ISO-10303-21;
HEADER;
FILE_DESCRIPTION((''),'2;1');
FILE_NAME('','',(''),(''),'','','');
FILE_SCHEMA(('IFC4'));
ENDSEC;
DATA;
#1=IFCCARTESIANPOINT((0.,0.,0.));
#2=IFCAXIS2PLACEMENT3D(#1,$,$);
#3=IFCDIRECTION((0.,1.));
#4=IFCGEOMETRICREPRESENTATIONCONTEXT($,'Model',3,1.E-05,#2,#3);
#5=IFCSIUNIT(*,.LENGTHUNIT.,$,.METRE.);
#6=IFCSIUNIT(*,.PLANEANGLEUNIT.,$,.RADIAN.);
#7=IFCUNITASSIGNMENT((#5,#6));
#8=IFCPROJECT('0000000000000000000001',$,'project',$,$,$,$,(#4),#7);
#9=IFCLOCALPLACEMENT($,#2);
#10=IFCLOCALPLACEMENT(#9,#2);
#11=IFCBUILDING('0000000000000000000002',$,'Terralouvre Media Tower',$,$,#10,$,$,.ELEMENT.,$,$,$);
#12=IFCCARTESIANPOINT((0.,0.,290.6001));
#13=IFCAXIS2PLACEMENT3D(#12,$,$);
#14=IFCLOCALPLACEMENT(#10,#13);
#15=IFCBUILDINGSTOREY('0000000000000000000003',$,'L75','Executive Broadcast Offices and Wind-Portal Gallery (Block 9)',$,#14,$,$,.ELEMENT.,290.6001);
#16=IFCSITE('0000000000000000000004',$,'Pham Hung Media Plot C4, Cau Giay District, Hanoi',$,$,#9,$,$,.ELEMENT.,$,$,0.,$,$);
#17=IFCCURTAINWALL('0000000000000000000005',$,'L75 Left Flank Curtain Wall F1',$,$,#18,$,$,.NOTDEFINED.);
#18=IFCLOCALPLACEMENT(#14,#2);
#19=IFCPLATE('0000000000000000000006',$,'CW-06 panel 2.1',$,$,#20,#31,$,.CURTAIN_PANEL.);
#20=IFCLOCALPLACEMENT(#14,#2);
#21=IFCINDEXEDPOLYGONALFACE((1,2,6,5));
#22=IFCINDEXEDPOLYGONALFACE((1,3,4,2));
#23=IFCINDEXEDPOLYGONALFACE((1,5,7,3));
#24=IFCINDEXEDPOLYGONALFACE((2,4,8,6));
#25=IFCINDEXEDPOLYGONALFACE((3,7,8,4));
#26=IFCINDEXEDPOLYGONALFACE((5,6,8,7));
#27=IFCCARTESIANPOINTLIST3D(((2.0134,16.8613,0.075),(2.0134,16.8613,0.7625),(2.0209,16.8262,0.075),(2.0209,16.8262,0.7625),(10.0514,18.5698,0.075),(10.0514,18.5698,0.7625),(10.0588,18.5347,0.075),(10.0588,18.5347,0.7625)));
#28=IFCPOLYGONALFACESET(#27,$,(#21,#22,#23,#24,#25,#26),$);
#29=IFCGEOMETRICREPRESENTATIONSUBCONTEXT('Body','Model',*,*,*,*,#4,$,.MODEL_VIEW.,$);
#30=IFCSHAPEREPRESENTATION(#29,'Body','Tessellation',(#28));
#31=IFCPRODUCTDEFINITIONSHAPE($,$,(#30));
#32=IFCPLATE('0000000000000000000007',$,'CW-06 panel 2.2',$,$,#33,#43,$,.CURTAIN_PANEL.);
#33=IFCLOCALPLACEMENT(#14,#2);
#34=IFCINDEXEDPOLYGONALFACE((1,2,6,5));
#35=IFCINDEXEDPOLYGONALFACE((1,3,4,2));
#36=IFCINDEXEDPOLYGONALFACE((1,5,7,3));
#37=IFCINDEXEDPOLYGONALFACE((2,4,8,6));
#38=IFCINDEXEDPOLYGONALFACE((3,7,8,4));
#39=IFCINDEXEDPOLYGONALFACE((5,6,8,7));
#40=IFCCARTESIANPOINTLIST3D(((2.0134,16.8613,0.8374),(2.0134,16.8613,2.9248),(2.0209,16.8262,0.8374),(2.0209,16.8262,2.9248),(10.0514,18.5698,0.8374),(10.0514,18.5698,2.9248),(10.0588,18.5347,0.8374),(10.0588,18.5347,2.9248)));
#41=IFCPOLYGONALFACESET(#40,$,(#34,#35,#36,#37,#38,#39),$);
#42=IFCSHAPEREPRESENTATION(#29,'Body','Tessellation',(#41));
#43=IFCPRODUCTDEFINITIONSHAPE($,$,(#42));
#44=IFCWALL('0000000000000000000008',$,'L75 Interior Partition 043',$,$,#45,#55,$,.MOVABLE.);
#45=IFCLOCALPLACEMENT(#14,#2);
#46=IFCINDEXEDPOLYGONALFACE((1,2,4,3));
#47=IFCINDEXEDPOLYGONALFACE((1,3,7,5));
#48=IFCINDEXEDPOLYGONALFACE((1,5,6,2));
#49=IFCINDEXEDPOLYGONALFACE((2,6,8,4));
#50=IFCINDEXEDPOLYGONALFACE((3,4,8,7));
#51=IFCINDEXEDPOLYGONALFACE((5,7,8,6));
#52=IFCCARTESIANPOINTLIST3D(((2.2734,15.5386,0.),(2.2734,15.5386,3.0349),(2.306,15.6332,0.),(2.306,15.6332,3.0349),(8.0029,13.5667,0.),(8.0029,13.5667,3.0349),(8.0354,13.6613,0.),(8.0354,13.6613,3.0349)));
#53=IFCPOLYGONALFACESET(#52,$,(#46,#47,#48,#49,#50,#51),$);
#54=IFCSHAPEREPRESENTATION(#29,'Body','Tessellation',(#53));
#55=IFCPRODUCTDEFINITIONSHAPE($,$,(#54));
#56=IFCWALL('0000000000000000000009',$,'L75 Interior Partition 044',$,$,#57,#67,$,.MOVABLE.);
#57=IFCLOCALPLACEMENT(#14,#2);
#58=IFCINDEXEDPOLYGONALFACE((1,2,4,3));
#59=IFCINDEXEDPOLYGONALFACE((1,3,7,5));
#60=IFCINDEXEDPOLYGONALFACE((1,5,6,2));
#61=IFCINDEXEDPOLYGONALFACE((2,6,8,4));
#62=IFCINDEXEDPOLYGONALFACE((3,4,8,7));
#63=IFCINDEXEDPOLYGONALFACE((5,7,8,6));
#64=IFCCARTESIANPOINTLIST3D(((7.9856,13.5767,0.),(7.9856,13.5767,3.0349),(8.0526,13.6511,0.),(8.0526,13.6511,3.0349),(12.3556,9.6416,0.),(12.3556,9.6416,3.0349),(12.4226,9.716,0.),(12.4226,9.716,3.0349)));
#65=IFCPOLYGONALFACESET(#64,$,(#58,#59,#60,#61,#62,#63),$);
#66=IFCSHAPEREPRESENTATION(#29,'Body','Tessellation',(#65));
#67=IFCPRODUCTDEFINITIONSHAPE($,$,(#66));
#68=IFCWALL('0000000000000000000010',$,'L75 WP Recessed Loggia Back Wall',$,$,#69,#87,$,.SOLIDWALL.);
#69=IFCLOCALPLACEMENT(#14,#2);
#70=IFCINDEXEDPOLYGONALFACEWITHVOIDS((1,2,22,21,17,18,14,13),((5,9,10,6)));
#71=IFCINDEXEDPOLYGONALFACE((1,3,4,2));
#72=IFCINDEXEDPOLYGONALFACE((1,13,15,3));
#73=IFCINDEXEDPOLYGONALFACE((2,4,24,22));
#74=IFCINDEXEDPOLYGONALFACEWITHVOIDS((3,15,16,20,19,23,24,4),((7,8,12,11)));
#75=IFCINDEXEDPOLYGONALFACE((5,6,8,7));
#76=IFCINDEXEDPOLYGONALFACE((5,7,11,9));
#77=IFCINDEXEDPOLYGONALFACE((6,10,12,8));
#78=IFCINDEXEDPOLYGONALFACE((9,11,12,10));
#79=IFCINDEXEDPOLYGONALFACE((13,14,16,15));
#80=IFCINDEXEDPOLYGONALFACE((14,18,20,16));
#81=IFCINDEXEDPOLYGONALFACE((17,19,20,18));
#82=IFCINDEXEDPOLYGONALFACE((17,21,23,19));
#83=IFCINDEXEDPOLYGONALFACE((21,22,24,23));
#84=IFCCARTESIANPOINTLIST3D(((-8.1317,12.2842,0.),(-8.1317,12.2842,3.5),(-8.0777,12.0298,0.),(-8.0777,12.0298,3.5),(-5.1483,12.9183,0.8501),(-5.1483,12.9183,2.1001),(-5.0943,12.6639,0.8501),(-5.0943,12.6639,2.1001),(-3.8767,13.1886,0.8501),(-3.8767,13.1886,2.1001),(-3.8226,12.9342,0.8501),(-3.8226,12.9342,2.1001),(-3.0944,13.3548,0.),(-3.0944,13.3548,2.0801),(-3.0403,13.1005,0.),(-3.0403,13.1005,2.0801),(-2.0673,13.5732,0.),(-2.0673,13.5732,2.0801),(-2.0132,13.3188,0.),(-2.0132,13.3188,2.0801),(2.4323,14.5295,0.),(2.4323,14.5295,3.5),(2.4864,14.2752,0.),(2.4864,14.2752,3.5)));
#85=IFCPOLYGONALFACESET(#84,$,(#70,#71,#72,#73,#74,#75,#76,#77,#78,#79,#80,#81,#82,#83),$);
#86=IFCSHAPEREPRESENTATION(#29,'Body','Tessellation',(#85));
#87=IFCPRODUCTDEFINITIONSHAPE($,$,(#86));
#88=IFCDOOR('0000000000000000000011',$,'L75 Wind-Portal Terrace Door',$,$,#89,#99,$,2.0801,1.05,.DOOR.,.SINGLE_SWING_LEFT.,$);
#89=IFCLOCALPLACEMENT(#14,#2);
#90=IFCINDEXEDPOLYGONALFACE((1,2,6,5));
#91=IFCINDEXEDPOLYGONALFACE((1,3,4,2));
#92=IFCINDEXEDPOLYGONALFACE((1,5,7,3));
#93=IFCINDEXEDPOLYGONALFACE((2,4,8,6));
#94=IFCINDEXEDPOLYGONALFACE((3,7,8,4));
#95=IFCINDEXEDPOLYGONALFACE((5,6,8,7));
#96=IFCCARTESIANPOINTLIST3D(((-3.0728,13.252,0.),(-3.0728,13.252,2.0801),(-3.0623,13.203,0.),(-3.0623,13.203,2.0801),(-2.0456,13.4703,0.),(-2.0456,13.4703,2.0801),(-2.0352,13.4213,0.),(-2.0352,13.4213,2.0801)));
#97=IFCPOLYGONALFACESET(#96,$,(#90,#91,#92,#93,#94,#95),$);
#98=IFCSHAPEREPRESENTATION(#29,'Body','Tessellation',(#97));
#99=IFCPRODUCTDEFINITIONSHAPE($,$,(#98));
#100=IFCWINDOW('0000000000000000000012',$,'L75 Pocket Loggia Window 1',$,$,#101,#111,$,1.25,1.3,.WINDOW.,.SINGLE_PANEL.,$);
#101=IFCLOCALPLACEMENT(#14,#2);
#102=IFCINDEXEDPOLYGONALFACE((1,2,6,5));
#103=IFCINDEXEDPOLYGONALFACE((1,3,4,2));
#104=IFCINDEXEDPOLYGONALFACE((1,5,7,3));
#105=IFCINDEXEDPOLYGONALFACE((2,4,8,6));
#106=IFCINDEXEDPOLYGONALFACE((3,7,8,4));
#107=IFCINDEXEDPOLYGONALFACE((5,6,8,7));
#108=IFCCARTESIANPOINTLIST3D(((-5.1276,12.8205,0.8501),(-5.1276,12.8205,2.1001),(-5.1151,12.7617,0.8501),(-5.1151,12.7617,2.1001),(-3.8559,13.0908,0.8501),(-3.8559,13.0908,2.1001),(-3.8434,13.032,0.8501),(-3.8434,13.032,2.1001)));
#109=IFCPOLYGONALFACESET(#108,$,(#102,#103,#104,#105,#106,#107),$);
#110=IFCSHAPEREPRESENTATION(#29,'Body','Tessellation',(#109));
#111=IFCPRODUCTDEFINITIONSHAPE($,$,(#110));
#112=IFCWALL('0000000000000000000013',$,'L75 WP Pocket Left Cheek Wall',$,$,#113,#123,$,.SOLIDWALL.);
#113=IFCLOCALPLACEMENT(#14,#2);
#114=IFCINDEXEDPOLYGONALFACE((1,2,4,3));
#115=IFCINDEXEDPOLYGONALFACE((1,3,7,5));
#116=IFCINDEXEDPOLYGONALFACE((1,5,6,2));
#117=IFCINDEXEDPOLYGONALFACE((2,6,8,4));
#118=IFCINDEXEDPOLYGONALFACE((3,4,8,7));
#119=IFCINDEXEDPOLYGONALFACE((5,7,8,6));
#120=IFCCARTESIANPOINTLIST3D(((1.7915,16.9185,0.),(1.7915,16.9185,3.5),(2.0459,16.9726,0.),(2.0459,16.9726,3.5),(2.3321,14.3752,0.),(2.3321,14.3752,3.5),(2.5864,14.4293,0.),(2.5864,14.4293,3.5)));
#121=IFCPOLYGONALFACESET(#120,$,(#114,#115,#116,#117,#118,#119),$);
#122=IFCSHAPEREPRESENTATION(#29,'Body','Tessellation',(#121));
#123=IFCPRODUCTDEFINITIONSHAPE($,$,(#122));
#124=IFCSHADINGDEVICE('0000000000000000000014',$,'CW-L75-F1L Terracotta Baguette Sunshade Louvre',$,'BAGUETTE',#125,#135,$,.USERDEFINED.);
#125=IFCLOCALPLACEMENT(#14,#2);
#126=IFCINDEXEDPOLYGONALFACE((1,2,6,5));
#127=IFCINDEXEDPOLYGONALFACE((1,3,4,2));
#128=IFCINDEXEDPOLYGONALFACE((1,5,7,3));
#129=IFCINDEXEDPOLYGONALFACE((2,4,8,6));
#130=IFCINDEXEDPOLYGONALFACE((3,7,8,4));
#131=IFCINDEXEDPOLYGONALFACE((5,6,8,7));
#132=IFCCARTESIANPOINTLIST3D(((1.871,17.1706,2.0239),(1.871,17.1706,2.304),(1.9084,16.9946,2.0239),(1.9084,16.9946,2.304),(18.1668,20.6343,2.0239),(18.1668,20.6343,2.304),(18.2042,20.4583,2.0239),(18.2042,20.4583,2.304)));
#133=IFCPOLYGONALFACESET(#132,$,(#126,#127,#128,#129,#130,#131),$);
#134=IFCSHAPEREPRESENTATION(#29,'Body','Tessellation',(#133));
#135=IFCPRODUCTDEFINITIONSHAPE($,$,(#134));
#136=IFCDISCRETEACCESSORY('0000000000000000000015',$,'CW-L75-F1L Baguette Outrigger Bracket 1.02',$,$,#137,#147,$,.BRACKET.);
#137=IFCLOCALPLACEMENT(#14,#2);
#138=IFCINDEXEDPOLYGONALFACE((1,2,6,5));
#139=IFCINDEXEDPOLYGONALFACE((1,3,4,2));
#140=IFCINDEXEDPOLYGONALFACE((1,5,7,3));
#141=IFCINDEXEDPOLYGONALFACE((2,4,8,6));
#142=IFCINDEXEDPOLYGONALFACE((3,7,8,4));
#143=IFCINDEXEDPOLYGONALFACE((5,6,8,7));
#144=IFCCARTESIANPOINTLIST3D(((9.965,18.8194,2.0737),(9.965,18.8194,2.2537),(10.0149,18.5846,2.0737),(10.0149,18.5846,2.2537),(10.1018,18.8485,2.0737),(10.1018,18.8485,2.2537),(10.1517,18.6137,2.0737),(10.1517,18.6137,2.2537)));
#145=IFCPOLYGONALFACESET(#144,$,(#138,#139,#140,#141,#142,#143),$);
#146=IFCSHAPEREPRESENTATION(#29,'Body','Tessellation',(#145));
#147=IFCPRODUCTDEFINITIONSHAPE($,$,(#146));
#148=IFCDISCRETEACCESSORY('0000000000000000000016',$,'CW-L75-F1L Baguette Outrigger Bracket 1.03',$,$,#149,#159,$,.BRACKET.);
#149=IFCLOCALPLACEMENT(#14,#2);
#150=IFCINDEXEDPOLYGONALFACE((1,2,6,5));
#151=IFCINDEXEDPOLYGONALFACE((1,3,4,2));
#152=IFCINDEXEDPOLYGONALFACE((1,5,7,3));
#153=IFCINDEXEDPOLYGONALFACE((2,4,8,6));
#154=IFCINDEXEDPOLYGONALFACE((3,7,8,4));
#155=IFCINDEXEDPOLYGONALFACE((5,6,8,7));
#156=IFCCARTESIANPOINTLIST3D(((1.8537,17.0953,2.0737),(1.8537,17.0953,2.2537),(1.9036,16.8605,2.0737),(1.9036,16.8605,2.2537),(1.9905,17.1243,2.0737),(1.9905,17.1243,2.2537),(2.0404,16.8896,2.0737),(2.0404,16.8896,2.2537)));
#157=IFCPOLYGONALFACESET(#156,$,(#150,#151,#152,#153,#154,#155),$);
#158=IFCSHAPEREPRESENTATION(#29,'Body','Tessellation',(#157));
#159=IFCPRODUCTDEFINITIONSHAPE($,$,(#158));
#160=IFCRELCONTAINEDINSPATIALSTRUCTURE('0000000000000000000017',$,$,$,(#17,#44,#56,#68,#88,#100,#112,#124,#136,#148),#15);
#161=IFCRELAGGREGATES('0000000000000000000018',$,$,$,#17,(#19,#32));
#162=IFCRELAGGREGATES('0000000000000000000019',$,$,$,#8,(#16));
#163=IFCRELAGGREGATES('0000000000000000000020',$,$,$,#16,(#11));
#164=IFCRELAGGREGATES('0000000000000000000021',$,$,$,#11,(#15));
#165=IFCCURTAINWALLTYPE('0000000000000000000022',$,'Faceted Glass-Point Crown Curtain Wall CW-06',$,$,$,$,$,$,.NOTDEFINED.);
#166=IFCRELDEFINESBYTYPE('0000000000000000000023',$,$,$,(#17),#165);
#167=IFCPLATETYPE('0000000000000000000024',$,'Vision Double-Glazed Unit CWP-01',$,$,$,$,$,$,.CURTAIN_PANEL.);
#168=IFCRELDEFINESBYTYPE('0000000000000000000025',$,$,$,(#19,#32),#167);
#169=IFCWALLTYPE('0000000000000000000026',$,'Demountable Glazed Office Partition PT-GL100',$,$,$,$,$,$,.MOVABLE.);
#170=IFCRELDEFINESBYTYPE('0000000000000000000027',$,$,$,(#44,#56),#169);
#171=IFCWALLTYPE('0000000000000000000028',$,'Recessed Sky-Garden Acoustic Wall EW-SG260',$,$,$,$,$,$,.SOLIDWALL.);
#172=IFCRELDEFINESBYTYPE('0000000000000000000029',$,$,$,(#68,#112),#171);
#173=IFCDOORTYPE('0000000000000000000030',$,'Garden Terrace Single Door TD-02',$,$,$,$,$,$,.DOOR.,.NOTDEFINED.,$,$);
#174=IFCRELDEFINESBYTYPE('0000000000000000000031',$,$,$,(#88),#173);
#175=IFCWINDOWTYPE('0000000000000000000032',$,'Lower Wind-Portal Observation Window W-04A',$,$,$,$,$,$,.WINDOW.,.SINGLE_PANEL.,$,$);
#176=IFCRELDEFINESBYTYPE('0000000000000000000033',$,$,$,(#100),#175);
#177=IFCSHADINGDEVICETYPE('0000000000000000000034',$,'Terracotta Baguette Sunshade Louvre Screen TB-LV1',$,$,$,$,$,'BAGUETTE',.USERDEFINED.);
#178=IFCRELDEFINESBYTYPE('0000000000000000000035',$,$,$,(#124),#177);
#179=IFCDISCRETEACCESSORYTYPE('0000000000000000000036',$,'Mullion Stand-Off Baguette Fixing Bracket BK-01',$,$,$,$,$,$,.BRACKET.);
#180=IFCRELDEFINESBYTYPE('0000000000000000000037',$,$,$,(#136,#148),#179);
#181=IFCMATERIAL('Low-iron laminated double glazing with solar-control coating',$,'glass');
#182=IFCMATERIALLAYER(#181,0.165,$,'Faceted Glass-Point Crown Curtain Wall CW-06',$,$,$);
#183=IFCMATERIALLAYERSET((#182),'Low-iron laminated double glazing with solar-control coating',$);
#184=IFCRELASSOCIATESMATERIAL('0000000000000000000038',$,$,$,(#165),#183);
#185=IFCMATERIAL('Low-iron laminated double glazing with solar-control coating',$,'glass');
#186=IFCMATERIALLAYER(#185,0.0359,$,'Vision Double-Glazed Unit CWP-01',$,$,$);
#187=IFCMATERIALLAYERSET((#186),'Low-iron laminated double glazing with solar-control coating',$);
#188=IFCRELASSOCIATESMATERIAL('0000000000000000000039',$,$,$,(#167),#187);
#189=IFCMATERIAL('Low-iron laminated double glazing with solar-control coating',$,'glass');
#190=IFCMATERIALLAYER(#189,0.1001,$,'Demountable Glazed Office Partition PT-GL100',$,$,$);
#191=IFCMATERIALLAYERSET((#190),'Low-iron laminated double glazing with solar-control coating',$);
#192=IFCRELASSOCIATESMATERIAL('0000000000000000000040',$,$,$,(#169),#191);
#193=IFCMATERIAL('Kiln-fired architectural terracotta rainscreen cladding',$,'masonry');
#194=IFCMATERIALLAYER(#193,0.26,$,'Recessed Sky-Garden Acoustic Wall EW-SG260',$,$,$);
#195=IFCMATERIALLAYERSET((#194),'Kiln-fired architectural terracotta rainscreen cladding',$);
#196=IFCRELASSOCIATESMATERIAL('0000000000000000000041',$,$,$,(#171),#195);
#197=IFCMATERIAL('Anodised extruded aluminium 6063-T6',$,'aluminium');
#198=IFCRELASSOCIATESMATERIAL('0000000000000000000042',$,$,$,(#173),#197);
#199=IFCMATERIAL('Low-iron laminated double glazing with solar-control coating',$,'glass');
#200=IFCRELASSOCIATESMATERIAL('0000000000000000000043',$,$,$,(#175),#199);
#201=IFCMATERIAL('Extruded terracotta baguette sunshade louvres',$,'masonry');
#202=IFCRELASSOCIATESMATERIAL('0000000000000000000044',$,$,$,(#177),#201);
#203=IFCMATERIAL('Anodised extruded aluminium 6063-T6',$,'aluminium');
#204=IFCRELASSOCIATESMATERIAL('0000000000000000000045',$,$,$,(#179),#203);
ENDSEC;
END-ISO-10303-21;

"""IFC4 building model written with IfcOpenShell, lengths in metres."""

from ifc_helpers import new_model, si_unit, direction, frame, frame_2d, origin, origin_2d, place, context, subcontext, project, spatial, rectangle, extrude, material, layer, layer_set, type_object, element, fill, aggregate, save


model = new_model("IFC4")

# Units and contexts
model_context = context("Model", 3, precision=1e-05, world=origin(), true_north=direction((0.0, 1.0)))
body_context = subcontext(model_context, "Body", "Model", "MODEL_VIEW")
ifc_project = project(units=[si_unit("LENGTHUNIT", "METRE"), si_unit("PLANEANGLEUNIT", "RADIAN")], contexts=[model_context])

# Site, building, storey
site_placement = place(None, origin())
site = spatial("IfcSite", under=ifc_project, at=site_placement, Name="Pham Hung Media Plot C4, Cau Giay District, Hanoi", CompositionType="ELEMENT", RefElevation=0.0)
building_placement = place(site_placement, origin())
building = spatial("IfcBuilding", under=site, at=building_placement, Name="Terralouvre Media Tower", CompositionType="ELEMENT")
storey_placement = place(building_placement, frame((0.0, 0.0, 290.6001)))
storey = spatial("IfcBuildingStorey", under=building, at=storey_placement, Name="L75", Description="Executive Broadcast Offices and Wind-Portal Gallery (Block 9)", CompositionType="ELEMENT", Elevation=290.6001)

# Curtain wall
ifc_material_1 = material(Name="Low-iron laminated double glazing with solar-control coating", Category="glass")
ifc_layer_1 = layer(ifc_material_1, 0.165, Name="Faceted Glass-Point Crown Curtain Wall CW-06")
ifc_layer_set_1 = layer_set([ifc_layer_1], Name="Low-iron laminated double glazing with solar-control coating")
curtain_wall_type = type_object("IfcCurtainWallType", Name="Faceted Glass-Point Crown Curtain Wall CW-06", PredefinedType="NOTDEFINED", material=ifc_layer_set_1)
curtain_wall_placement = place(storey_placement, origin())
curtain_wall = element("IfcCurtainWall", 1, at=curtain_wall_placement, inside=storey, type_object=curtain_wall_type, Name="L75 Left Flank Curtain Wall F1", PredefinedType="NOTDEFINED")

# Plates
ifc_material_2 = material(Name="Low-iron laminated double glazing with solar-control coating", Category="glass")
ifc_layer_2 = layer(ifc_material_2, 0.0359, Name="Vision Double-Glazed Unit CWP-01")
ifc_layer_set_2 = layer_set([ifc_layer_2], Name="Low-iron laminated double glazing with solar-control coating")
plate_type = type_object("IfcPlateType", Name="Vision Double-Glazed Unit CWP-01", PredefinedType="CURTAIN_PANEL", material=ifc_layer_set_2)
plate_1_placement = place(storey_placement, frame((6.0361, 17.698, 0.075), z_axis=(0.0, 0.0, 1.0), x_axis=(-0.978148, -0.207912, 0.0)))
plate_1 = element("IfcPlate", 2, at=plate_1_placement, type_object=plate_type, Name="CW-06 panel 2.1", PredefinedType="CURTAIN_PANEL", context=body_context, shape_type="SweptSolid", body=[
    extrude(rectangle(XDim=8.2175, YDim=0.0359, at=origin_2d()), origin(), (0.0, 0.0, 1.0), 0.6875),
])
plate_2_placement = place(storey_placement, frame((6.0361, 17.698, 0.8374), z_axis=(0.0, 0.0, 1.0), x_axis=(-0.978148, -0.207912, 0.0)))
plate_2 = element("IfcPlate", 3, at=plate_2_placement, type_object=plate_type, Name="CW-06 panel 2.2", PredefinedType="CURTAIN_PANEL", context=body_context, shape_type="SweptSolid", body=[
    extrude(rectangle(XDim=8.2175, YDim=0.0359, at=origin_2d()), origin(), (0.0, 0.0, 1.0), 2.0874),
])
aggregate(curtain_wall, [plate_1, plate_2])

# Walls
ifc_material_3 = material(Name="Low-iron laminated double glazing with solar-control coating", Category="glass")
ifc_layer_3 = layer(ifc_material_3, 0.1001, Name="Demountable Glazed Office Partition PT-GL100")
ifc_layer_set_3 = layer_set([ifc_layer_3], Name="Low-iron laminated double glazing with solar-control coating")
wall_type_1 = type_object("IfcWallType", Name="Demountable Glazed Office Partition PT-GL100", PredefinedType="MOVABLE", material=ifc_layer_set_3)
wall_1_placement = place(storey_placement, frame((2.2896, 15.5859, 0.0), z_axis=(0.0, 0.0, 1.0), x_axis=(0.945564, -0.325436, 0.0)))
element("IfcWall", 4, at=wall_1_placement, inside=storey, type_object=wall_type_1, Name="L75 Interior Partition 043", PredefinedType="MOVABLE", context=body_context, shape_type="SweptSolid", body=[
    extrude(rectangle(XDim=6.0593, YDim=0.1001, at=frame_2d((3.0298, 0.0))), origin(), (0.0, 0.0, 1.0), 3.0349),
])
wall_2_placement = place(storey_placement, frame((8.019, 13.614, 0.0), z_axis=(0.0, 0.0, 1.0), x_axis=(0.74311, -0.669169, 0.0)))
element("IfcWall", 5, at=wall_2_placement, inside=storey, type_object=wall_type_1, Name="L75 Interior Partition 044", PredefinedType="MOVABLE", context=body_context, shape_type="SweptSolid", body=[
    extrude(rectangle(XDim=5.8806, YDim=0.1001, at=frame_2d((2.9404, 0.0))), origin(), (0.0, 0.0, 1.0), 3.0349),
])

# Wall, openings, door, window
ifc_material_4 = material(Name="Kiln-fired architectural terracotta rainscreen cladding", Category="masonry")
ifc_layer_4 = layer(ifc_material_4, 0.26, Name="Recessed Sky-Garden Acoustic Wall EW-SG260")
ifc_layer_set_4 = layer_set([ifc_layer_4], Name="Kiln-fired architectural terracotta rainscreen cladding")
wall_type_2 = type_object("IfcWallType", Name="Recessed Sky-Garden Acoustic Wall EW-SG260", PredefinedType="SOLIDWALL", material=ifc_layer_set_4)
wall_3_placement = place(storey_placement, frame((2.4592, 14.4023, 0.0), z_axis=(0.0, 0.0, 1.0), x_axis=(-0.978149, -0.207905, 0.0)))
wall_3 = element("IfcWall", 6, at=wall_3_placement, inside=storey, type_object=wall_type_2, Name="L75 WP Recessed Loggia Back Wall", PredefinedType="SOLIDWALL", context=body_context, shape_type="SweptSolid", body=[
    extrude(rectangle(XDim=10.8, YDim=0.26, at=frame_2d((5.3999, 0.0))), origin(), (0.0, 0.0, 1.0), 3.5),
])
opening_1_placement = place(wall_3_placement, frame((4.6001, 0.0, 0.0)))
opening_1 = element("IfcOpeningElement", 7, at=opening_1_placement, cuts=wall_3, PredefinedType="OPENING", context=body_context, shape_type="SweptSolid", body=[
    extrude(rectangle(XDim=1.05, YDim=2.0801, at=frame_2d((0.5249, 1.04))), frame((0.0, 0.1399, 0.0), z_axis=(0.0, -1.0, 0.0), x_axis=(1.0, 0.0, 0.0)), (0.0, 0.0, 1.0), 0.28),
])
opening_2_placement = place(wall_3_placement, frame((6.45, 0.0, 0.8501)))
opening_2 = element("IfcOpeningElement", 8, at=opening_2_placement, cuts=wall_3, PredefinedType="OPENING", context=body_context, shape_type="SweptSolid", body=[
    extrude(rectangle(XDim=1.3, YDim=1.25, at=frame_2d((0.6499, 0.625))), frame((0.0, 0.1399, 0.0), z_axis=(0.0, -1.0, 0.0), x_axis=(1.0, 0.0, 0.0)), (0.0, 0.0, 1.0), 0.28),
])
ifc_material_5 = material(Name="Anodised extruded aluminium 6063-T6", Category="aluminium")
door_type = type_object("IfcDoorType", Name="Garden Terrace Single Door TD-02", OperationType="NOTDEFINED", PredefinedType="DOOR", material=ifc_material_5)
door_placement = place(opening_1_placement, frame((1.05, 0.0, 0.0), z_axis=(0.0, 0.0, 1.0), x_axis=(-1.0, 0.0, 0.0)))
door = element("IfcDoor", 9, at=door_placement, inside=storey, type_object=door_type, Name="L75 Wind-Portal Terrace Door", OperationType="SINGLE_SWING_LEFT", OverallHeight=2.0801, OverallWidth=1.05, PredefinedType="DOOR", context=body_context, shape_type="SweptSolid", body=[
    extrude(rectangle(XDim=1.05, YDim=2.0801, at=frame_2d((0.5249, 1.04))), frame((0.0, 0.0249, 0.0), z_axis=(0.0, -1.0, 0.0), x_axis=(1.0, 0.0, 0.0)), (0.0, 0.0, 1.0), 0.05),
])
fill(opening_1, door)
ifc_material_6 = material(Name="Low-iron laminated double glazing with solar-control coating", Category="glass")
window_type = type_object("IfcWindowType", Name="Lower Wind-Portal Observation Window W-04A", PartitioningType="SINGLE_PANEL", PredefinedType="WINDOW", material=ifc_material_6)
window_placement = place(opening_2_placement, origin())
window = element("IfcWindow", 10, at=window_placement, inside=storey, type_object=window_type, Name="L75 Pocket Loggia Window 1", OverallHeight=1.25, OverallWidth=1.3, PartitioningType="SINGLE_PANEL", PredefinedType="WINDOW", context=body_context, shape_type="SweptSolid", body=[
    extrude(rectangle(XDim=1.3, YDim=1.25, at=frame_2d((0.6499, 0.625))), frame((0.0, 0.03, 0.0), z_axis=(0.0, -1.0, 0.0), x_axis=(1.0, 0.0, 0.0)), (0.0, 0.0, 1.0), 0.0601),
])
fill(opening_2, window)

# Wall
wall_4_placement = place(storey_placement, frame((1.9187, 16.9456, 0.0), z_axis=(0.0, 0.0, 1.0), x_axis=(0.207894, -0.978151, 0.0)))
element("IfcWall", 11, at=wall_4_placement, inside=storey, type_object=wall_type_2, Name="L75 WP Pocket Left Cheek Wall", PredefinedType="SOLIDWALL", context=body_context, shape_type="SweptSolid", body=[
    extrude(rectangle(XDim=2.6001, YDim=0.26, at=frame_2d((1.3, 0.0))), origin(), (0.0, 0.0, 1.0), 3.5),
])

# Shading device
ifc_material_7 = material(Name="Extruded terracotta baguette sunshade louvres", Category="masonry")
shading_device_type = type_object("IfcShadingDeviceType", Name="Terracotta Baguette Sunshade Louvre Screen TB-LV1", ElementType="BAGUETTE", PredefinedType="USERDEFINED", material=ifc_material_7)
shading_device_placement = place(storey_placement, frame((10.0376, 18.8145, 2.0239), z_axis=(0.0, 0.0, 1.0), x_axis=(-0.978148, -0.207912, 0.0)))
element("IfcShadingDevice", 12, at=shading_device_placement, inside=storey, type_object=shading_device_type, Name="CW-L75-F1L Terracotta Baguette Sunshade Louvre", ObjectType="BAGUETTE", PredefinedType="USERDEFINED", context=body_context, shape_type="SweptSolid", body=[
    extrude(rectangle(XDim=16.6599, YDim=0.1799, at=origin_2d()), origin(), (0.0, 0.0, 1.0), 0.28),
])

# Discrete accessories
ifc_material_8 = material(Name="Anodised extruded aluminium 6063-T6", Category="aluminium")
discrete_accessory_type = type_object("IfcDiscreteAccessoryType", Name="Mullion Stand-Off Baguette Fixing Bracket BK-01", PredefinedType="BRACKET", material=ifc_material_8)
for number, where, z_axis, x_axis, name in (
    (13, (10.0583, 18.7166, 2.0737), (0.0, 0.0, 1.0), (-0.978148, -0.207912, 0.0), "CW-L75-F1L Baguette Outrigger Bracket 1.02"),
    (14, (1.947, 16.9924, 2.0737), (0.0, 0.0, 1.0), (-0.978148, -0.207912, 0.0), "CW-L75-F1L Baguette Outrigger Bracket 1.03"),
):
    element("IfcDiscreteAccessory", number, at=place(storey_placement, frame(where, z_axis=z_axis, x_axis=x_axis)), inside=storey, type_object=discrete_accessory_type, Name=name, PredefinedType="BRACKET", context=body_context, shape_type="SweptSolid", body=[
        extrude(rectangle(XDim=0.1399, YDim=0.24, at=origin_2d()), origin(), (0.0, 0.0, 1.0), 0.1799),
    ])

save(model, "model.ifc")
